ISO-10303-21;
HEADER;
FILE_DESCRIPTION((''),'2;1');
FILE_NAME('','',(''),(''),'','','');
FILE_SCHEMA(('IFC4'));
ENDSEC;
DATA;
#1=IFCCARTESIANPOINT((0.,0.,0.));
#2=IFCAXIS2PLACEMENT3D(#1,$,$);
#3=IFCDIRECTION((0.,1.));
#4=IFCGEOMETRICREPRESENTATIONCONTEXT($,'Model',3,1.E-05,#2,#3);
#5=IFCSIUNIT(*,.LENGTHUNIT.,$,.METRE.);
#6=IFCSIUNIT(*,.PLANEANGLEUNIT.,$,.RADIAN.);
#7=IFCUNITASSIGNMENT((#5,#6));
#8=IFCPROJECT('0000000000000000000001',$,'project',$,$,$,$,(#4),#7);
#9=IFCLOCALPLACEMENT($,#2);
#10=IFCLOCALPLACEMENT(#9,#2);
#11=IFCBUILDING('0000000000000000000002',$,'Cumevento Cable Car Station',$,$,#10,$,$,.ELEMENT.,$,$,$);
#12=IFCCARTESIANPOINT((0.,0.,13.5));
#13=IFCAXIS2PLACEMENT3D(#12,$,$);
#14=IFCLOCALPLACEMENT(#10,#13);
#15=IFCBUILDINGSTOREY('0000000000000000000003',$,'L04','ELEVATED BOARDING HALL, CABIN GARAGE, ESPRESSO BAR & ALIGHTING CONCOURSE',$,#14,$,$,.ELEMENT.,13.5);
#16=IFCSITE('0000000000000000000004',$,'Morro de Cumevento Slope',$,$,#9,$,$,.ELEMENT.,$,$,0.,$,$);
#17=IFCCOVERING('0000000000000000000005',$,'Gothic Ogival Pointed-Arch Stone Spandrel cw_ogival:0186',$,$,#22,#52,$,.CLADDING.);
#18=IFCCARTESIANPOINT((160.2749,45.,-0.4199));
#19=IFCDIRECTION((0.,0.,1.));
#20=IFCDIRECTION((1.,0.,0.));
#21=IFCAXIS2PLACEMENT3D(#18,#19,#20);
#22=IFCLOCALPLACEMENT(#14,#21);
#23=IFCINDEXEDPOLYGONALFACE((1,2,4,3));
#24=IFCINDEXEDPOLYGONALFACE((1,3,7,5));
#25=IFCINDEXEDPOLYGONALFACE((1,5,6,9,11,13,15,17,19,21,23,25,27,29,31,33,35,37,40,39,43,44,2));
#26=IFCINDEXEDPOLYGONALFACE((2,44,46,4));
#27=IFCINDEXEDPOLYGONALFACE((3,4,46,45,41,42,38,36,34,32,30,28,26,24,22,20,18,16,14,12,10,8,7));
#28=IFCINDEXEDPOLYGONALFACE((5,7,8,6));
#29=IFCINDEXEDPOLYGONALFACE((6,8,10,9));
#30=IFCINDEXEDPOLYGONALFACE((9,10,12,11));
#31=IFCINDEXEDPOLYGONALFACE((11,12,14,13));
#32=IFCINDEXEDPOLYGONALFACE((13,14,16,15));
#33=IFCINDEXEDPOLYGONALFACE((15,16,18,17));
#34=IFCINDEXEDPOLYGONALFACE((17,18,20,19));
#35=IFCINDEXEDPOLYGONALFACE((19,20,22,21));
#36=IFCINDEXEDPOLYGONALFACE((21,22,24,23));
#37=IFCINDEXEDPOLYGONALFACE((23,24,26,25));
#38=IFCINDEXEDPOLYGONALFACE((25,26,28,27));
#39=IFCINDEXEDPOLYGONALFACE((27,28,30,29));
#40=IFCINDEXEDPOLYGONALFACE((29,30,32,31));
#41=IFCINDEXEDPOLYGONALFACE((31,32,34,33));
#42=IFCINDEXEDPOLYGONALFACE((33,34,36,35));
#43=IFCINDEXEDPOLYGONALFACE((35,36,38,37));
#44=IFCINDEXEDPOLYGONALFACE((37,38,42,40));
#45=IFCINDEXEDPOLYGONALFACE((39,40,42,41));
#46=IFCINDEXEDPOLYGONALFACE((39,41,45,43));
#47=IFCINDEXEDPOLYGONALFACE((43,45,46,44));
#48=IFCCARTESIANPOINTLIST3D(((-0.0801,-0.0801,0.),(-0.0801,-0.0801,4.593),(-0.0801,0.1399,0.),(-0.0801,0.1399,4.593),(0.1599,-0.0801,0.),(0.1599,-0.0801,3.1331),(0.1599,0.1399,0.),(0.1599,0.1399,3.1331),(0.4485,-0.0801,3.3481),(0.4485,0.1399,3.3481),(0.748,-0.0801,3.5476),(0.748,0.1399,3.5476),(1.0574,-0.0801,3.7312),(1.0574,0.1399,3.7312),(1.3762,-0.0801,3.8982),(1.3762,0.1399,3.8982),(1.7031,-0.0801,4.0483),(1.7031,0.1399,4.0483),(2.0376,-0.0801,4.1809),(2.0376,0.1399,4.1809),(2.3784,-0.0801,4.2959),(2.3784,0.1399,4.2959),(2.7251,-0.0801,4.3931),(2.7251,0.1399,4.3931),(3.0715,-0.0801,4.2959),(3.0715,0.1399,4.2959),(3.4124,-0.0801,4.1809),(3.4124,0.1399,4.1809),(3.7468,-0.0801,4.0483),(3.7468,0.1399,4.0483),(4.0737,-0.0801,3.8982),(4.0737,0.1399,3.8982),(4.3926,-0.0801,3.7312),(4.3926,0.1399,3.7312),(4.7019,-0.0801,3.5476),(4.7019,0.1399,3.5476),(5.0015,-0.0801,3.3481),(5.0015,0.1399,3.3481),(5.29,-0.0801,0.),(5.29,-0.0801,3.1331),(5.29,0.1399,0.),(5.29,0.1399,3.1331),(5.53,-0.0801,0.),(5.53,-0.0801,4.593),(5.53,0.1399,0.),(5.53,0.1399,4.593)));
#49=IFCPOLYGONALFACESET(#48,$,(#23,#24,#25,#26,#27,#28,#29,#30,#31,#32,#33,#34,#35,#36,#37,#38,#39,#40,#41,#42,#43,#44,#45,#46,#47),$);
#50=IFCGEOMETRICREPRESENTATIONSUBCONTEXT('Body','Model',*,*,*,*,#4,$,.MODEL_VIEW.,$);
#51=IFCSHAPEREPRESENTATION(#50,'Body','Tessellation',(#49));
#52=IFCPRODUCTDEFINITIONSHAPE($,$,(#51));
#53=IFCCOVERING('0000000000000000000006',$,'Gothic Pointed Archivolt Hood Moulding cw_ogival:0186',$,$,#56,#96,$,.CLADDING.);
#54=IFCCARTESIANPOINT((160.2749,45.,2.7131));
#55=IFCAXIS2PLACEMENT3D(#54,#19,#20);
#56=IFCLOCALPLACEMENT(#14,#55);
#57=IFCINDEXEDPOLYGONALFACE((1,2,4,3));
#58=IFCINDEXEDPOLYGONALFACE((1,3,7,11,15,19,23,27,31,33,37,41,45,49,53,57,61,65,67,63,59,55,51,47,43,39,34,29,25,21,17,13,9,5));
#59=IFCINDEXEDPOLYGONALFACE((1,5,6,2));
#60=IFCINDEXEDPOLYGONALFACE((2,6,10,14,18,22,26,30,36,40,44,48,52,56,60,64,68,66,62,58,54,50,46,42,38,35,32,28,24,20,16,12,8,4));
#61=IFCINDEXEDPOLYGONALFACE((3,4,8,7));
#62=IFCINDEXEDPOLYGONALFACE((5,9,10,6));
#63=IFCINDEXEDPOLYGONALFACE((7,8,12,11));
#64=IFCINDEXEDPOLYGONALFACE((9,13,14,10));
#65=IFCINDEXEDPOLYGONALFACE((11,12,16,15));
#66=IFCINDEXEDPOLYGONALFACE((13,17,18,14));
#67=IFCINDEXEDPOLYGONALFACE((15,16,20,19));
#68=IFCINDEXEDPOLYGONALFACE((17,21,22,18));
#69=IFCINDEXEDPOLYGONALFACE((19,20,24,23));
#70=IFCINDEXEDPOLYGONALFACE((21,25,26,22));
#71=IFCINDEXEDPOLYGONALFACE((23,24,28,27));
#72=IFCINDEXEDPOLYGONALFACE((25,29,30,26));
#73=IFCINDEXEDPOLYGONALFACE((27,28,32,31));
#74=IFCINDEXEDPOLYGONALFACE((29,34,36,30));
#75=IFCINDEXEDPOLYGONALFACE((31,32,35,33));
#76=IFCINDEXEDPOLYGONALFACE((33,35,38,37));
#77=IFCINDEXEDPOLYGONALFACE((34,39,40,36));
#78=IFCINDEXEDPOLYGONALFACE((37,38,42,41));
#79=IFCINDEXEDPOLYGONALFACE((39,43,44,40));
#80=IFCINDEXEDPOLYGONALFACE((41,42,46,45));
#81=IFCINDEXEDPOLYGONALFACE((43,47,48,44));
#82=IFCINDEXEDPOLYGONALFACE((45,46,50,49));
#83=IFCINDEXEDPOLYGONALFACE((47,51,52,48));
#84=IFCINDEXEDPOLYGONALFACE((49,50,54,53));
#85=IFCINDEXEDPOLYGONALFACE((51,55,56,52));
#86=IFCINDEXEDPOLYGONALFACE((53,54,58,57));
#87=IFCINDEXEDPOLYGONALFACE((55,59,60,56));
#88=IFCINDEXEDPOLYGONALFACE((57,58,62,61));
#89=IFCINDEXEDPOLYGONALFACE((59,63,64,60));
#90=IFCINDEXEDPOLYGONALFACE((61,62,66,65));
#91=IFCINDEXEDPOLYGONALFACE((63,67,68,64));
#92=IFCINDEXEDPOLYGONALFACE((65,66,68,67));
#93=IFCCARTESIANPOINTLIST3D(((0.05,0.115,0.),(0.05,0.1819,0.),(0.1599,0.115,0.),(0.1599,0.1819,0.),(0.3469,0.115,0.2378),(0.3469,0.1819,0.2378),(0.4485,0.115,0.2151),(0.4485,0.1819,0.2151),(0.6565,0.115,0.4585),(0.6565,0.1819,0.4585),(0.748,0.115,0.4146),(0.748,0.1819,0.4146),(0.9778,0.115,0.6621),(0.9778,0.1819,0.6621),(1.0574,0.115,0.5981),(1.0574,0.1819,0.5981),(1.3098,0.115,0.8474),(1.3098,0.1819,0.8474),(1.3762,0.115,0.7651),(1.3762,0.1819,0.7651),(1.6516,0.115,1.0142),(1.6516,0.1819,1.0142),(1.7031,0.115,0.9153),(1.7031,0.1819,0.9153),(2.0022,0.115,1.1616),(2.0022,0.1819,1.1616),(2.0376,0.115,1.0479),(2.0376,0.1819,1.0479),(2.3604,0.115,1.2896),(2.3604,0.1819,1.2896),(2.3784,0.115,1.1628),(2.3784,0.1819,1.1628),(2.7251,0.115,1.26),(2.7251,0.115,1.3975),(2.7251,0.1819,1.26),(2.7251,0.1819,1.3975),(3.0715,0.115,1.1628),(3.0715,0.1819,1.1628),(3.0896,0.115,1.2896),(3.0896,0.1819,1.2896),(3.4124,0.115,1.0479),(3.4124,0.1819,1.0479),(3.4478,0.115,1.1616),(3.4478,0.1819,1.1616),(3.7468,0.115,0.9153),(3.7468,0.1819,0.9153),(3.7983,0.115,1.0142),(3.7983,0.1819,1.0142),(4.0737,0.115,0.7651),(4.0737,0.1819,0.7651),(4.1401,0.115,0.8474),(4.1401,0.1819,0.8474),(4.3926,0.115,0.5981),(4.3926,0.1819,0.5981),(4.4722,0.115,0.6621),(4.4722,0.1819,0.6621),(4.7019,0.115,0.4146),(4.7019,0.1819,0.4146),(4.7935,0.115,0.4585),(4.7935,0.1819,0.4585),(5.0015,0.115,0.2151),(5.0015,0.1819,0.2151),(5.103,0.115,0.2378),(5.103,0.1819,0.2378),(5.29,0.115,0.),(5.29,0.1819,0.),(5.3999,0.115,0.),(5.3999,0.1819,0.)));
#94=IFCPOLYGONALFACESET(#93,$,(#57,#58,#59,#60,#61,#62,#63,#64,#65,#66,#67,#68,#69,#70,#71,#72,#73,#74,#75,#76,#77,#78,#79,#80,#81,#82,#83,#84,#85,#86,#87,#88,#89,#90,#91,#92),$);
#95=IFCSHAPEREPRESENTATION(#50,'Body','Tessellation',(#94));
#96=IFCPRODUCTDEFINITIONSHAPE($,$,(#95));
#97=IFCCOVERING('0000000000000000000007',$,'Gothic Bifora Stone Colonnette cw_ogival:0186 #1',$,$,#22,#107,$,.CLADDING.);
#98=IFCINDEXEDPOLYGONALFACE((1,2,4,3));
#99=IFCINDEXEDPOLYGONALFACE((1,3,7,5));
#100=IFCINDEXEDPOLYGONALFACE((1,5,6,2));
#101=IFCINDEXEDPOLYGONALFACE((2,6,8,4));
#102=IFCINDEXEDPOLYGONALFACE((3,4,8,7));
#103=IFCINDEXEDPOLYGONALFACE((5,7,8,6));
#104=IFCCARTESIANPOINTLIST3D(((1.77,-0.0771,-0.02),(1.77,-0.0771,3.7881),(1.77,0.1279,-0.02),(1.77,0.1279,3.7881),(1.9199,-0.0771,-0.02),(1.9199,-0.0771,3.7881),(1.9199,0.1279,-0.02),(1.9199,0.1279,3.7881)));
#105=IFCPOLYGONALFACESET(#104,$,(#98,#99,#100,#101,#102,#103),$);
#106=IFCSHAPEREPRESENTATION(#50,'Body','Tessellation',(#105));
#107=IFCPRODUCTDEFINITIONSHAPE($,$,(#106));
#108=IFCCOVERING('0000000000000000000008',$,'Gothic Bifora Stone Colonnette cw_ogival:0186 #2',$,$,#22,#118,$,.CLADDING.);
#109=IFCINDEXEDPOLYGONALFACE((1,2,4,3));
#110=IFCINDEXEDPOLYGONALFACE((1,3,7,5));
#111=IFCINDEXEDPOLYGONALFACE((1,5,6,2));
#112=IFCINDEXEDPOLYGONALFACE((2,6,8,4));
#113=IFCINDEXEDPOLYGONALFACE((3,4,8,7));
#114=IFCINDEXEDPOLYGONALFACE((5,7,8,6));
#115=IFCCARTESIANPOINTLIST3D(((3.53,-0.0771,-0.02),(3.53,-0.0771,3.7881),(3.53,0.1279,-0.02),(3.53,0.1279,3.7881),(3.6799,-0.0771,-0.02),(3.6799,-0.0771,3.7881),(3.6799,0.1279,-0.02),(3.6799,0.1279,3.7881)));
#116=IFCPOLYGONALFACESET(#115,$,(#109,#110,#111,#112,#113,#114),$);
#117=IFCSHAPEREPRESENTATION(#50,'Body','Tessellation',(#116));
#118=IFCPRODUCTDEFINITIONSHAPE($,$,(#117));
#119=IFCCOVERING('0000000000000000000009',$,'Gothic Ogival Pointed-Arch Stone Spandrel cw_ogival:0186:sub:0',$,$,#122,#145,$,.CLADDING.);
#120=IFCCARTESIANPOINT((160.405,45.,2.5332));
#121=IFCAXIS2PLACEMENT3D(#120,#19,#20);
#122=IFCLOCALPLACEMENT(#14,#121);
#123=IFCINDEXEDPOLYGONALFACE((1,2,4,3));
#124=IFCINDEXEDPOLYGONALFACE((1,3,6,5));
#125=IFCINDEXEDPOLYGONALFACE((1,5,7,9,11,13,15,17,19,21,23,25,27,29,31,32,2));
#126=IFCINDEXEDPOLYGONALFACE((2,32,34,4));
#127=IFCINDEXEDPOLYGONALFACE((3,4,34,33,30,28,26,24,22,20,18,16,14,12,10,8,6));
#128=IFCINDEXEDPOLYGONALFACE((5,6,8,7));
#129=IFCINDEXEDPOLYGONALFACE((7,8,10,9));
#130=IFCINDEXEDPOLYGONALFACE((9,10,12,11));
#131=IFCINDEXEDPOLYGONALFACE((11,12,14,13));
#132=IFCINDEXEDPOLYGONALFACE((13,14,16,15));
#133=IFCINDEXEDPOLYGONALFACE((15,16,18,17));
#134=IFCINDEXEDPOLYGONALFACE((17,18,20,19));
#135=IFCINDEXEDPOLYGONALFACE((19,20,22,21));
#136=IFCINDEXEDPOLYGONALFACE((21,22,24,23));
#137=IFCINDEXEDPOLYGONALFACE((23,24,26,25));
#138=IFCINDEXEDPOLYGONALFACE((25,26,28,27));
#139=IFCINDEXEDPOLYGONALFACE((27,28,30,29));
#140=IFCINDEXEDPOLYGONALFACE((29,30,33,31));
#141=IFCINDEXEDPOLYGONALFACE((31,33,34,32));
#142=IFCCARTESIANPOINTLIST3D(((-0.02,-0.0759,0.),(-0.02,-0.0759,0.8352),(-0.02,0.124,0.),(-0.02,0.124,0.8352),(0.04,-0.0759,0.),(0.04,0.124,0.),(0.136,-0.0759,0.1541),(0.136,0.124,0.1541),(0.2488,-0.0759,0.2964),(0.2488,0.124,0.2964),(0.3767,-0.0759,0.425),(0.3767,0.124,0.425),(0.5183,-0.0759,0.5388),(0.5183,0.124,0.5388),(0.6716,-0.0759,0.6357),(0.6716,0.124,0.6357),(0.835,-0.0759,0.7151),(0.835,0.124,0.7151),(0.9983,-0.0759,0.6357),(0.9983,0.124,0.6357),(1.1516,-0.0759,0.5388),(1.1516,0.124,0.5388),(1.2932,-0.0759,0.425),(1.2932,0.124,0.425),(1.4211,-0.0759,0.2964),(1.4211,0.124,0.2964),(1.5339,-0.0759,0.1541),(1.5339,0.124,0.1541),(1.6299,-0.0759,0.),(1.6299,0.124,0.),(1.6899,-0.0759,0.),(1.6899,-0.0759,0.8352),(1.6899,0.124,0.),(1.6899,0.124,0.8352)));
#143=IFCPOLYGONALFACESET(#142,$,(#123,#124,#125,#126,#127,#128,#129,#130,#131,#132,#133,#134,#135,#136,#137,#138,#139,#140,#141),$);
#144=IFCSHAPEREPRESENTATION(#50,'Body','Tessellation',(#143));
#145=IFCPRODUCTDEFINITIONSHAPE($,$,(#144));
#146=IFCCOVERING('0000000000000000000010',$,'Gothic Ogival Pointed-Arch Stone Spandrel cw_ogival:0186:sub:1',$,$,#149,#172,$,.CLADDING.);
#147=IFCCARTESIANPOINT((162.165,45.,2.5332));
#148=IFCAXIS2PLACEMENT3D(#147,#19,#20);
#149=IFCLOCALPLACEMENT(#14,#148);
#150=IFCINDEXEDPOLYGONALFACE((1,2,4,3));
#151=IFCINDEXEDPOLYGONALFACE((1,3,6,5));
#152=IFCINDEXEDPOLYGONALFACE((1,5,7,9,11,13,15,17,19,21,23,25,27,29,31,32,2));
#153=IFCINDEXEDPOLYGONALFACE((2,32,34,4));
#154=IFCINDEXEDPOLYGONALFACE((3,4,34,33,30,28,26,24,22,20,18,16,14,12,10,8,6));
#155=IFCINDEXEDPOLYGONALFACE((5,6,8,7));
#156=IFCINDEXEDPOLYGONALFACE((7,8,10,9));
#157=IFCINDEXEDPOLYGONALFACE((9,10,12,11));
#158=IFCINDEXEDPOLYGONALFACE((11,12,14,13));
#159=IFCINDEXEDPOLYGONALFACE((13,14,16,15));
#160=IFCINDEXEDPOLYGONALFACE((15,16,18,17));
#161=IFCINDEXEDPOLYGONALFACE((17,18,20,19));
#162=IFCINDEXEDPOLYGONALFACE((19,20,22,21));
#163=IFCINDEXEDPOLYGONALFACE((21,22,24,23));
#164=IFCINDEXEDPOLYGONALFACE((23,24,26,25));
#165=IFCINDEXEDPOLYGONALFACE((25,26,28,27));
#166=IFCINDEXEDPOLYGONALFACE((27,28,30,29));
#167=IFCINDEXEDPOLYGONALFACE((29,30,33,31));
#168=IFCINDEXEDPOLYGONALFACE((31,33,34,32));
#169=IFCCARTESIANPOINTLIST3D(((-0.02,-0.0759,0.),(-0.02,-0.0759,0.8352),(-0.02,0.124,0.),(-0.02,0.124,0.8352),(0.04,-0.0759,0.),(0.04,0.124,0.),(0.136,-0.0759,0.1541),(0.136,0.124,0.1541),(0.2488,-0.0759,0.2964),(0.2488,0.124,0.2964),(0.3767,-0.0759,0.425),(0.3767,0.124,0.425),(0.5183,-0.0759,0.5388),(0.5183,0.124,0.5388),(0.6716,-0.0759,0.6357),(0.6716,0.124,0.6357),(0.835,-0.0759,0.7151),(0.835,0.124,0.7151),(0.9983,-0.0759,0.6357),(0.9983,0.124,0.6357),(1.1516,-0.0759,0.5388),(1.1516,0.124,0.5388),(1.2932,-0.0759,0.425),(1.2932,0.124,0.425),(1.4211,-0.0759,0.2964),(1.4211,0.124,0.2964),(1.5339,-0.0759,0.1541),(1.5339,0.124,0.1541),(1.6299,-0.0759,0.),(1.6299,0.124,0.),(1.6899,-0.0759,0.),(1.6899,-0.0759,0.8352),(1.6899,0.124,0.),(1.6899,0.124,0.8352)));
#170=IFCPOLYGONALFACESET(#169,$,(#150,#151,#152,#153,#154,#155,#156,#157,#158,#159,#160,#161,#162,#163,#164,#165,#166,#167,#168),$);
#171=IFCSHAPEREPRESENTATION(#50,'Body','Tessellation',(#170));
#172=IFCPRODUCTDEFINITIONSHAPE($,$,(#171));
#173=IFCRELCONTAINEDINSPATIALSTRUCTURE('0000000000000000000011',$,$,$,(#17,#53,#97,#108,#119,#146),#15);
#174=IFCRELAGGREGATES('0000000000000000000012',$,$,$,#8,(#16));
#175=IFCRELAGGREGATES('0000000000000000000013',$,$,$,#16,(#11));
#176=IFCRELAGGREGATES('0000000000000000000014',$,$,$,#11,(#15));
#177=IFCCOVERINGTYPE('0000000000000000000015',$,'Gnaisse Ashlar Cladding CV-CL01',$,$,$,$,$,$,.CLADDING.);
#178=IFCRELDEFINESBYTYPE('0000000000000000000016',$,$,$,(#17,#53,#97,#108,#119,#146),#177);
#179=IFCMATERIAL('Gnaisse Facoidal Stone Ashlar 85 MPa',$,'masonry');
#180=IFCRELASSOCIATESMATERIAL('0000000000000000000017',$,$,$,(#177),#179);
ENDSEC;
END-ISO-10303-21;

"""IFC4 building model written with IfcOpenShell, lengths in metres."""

from ifc_helpers import new_model, si_unit, direction, frame, origin, place, context, subcontext, project, spatial, polyline, outline, extrude, material, type_object, element, save


model = new_model("IFC4")

# Units and contexts
model_context = context("Model", 3, precision=1e-05, world=origin(), true_north=direction((0.0, 1.0)))
body_context = subcontext(model_context, "Body", "Model", "MODEL_VIEW")
ifc_project = project(units=[si_unit("LENGTHUNIT", "METRE"), si_unit("PLANEANGLEUNIT", "RADIAN")], contexts=[model_context])

# Site, building, storey
site_placement = place(None, origin())
site = spatial("IfcSite", under=ifc_project, at=site_placement, Name="Morro de Cumevento Slope", CompositionType="ELEMENT", RefElevation=0.0)
building_placement = place(site_placement, origin())
building = spatial("IfcBuilding", under=site, at=building_placement, Name="Cumevento Cable Car Station", CompositionType="ELEMENT")
storey_placement = place(building_placement, frame((0.0, 0.0, 13.5)))
storey = spatial("IfcBuildingStorey", under=building, at=storey_placement, Name="L04", Description="ELEVATED BOARDING HALL, CABIN GARAGE, ESPRESSO BAR & ALIGHTING CONCOURSE", CompositionType="ELEMENT", Elevation=13.5)

# Coverings
ifc_material_1 = material(Name="Gnaisse Facoidal Stone Ashlar 85 MPa", Category="masonry")
covering_type = type_object("IfcCoveringType", Name="Gnaisse Ashlar Cladding CV-CL01", PredefinedType="CLADDING", material=ifc_material_1)
placement = place(storey_placement, frame((160.2749, 45.0, -0.4199), z_axis=(0.0, 0.0, 1.0), x_axis=(1.0, 0.0, 0.0)))
element("IfcCovering", 1, at=placement, inside=storey, type_object=covering_type, Name="Gothic Ogival Pointed-Arch Stone Spandrel cw_ogival:0186", PredefinedType="CLADDING", context=body_context, shape_type="SweptSolid", body=[
    extrude(outline(polyline([(-0.0801, 0.0), (-0.0801, 4.593), (5.53, 4.593), (5.53, 0.0), (5.29, 0.0), (5.29, 3.1331), (5.0015, 3.3481), (4.7019, 3.5476), (4.3926, 3.7312), (4.0737, 3.8982), (3.7468, 4.0483), (3.4124, 4.1809), (3.0715, 4.2959), (2.7251, 4.3931), (2.3784, 4.2959), (2.0376, 4.1809), (1.7031, 4.0483), (1.3762, 3.8982), (1.0574, 3.7312), (0.748, 3.5476), (0.4485, 3.3481), (0.1599, 3.1331), (0.1599, 0.0), (-0.0801, 0.0)])), frame((0.0, 0.1399, 0.0), z_axis=(0.0, -1.0, 0.0), x_axis=(1.0, 0.0, 0.0)), (0.0, 0.0, 1.0), 0.22),
])
covering_1_placement = place(storey_placement, frame((160.2749, 45.0, 2.7131), z_axis=(0.0, 0.0, 1.0), x_axis=(1.0, 0.0, 0.0)))
element("IfcCovering", 2, at=covering_1_placement, inside=storey, type_object=covering_type, Name="Gothic Pointed Archivolt Hood Moulding cw_ogival:0186", PredefinedType="CLADDING", context=body_context, shape_type="SweptSolid", body=[
    extrude(outline(polyline([(0.1599, 0.0), (0.4485, 0.2151), (0.748, 0.4146), (1.0574, 0.5981), (1.3762, 0.7651), (1.7031, 0.9153), (2.0376, 1.0479), (2.3784, 1.1628), (2.7251, 1.26), (3.0715, 1.1628), (3.4124, 1.0479), (3.7468, 0.9153), (4.0737, 0.7651), (4.3926, 0.5981), (4.7019, 0.4146), (5.0015, 0.2151), (5.29, 0.0), (5.3999, 0.0), (5.103, 0.2378), (4.7935, 0.4585), (4.4722, 0.6621), (4.1401, 0.8474), (3.7983, 1.0142), (3.4478, 1.1616), (3.0896, 1.2896), (2.7251, 1.3975), (2.3604, 1.2896), (2.0022, 1.1616), (1.6516, 1.0142), (1.3098, 0.8474), (0.9778, 0.6621), (0.6565, 0.4585), (0.3469, 0.2378), (0.05, 0.0), (0.1599, 0.0)])), frame((0.0, 0.1819, 0.0), z_axis=(0.0, -1.0, 0.0), x_axis=(1.0, 0.0, 0.0)), (0.0, 0.0, 1.0), 0.0669),
])
element("IfcCovering", 3, at=placement, inside=storey, type_object=covering_type, Name="Gothic Bifora Stone Colonnette cw_ogival:0186 #1", PredefinedType="CLADDING", context=body_context, shape_type="SweptSolid", body=[
    extrude(outline(polyline([(1.77, -0.02), (1.9199, -0.02), (1.9199, 3.7881), (1.77, 3.7881), (1.77, -0.02)])), frame((0.0, 0.1279, 0.0), z_axis=(0.0, -1.0, 0.0), x_axis=(1.0, 0.0, 0.0)), (0.0, 0.0, 1.0), 0.2051),
])
element("IfcCovering", 4, at=placement, inside=storey, type_object=covering_type, Name="Gothic Bifora Stone Colonnette cw_ogival:0186 #2", PredefinedType="CLADDING", context=body_context, shape_type="SweptSolid", body=[
    extrude(outline(polyline([(3.53, -0.02), (3.6799, -0.02), (3.6799, 3.7881), (3.53, 3.7881), (3.53, -0.02)])), frame((0.0, 0.1279, 0.0), z_axis=(0.0, -1.0, 0.0), x_axis=(1.0, 0.0, 0.0)), (0.0, 0.0, 1.0), 0.2051),
])
for number, where, z_axis, x_axis, name in (
    (5, (160.405, 45.0, 2.5332), (0.0, 0.0, 1.0), (1.0, 0.0, 0.0), "Gothic Ogival Pointed-Arch Stone Spandrel cw_ogival:0186:sub:0"),
    (6, (162.165, 45.0, 2.5332), (0.0, 0.0, 1.0), (1.0, 0.0, 0.0), "Gothic Ogival Pointed-Arch Stone Spandrel cw_ogival:0186:sub:1"),
):
    element("IfcCovering", number, at=place(storey_placement, frame(where, z_axis=z_axis, x_axis=x_axis)), inside=storey, type_object=covering_type, Name=name, PredefinedType="CLADDING", context=body_context, shape_type="SweptSolid", body=[
        extrude(outline(polyline([(-0.02, 0.0), (-0.02, 0.8352), (1.6899, 0.8352), (1.6899, 0.0), (1.6299, 0.0), (1.5339, 0.1541), (1.4211, 0.2964), (1.2932, 0.425), (1.1516, 0.5388), (0.9983, 0.6357), (0.835, 0.7151), (0.6716, 0.6357), (0.5183, 0.5388), (0.3767, 0.425), (0.2488, 0.2964), (0.136, 0.1541), (0.04, 0.0), (-0.02, 0.0)])), frame((0.0, 0.124, 0.0), z_axis=(0.0, -1.0, 0.0), x_axis=(1.0, 0.0, 0.0)), (0.0, 0.0, 1.0), 0.2),
    ])

save(model, "model.ifc")
